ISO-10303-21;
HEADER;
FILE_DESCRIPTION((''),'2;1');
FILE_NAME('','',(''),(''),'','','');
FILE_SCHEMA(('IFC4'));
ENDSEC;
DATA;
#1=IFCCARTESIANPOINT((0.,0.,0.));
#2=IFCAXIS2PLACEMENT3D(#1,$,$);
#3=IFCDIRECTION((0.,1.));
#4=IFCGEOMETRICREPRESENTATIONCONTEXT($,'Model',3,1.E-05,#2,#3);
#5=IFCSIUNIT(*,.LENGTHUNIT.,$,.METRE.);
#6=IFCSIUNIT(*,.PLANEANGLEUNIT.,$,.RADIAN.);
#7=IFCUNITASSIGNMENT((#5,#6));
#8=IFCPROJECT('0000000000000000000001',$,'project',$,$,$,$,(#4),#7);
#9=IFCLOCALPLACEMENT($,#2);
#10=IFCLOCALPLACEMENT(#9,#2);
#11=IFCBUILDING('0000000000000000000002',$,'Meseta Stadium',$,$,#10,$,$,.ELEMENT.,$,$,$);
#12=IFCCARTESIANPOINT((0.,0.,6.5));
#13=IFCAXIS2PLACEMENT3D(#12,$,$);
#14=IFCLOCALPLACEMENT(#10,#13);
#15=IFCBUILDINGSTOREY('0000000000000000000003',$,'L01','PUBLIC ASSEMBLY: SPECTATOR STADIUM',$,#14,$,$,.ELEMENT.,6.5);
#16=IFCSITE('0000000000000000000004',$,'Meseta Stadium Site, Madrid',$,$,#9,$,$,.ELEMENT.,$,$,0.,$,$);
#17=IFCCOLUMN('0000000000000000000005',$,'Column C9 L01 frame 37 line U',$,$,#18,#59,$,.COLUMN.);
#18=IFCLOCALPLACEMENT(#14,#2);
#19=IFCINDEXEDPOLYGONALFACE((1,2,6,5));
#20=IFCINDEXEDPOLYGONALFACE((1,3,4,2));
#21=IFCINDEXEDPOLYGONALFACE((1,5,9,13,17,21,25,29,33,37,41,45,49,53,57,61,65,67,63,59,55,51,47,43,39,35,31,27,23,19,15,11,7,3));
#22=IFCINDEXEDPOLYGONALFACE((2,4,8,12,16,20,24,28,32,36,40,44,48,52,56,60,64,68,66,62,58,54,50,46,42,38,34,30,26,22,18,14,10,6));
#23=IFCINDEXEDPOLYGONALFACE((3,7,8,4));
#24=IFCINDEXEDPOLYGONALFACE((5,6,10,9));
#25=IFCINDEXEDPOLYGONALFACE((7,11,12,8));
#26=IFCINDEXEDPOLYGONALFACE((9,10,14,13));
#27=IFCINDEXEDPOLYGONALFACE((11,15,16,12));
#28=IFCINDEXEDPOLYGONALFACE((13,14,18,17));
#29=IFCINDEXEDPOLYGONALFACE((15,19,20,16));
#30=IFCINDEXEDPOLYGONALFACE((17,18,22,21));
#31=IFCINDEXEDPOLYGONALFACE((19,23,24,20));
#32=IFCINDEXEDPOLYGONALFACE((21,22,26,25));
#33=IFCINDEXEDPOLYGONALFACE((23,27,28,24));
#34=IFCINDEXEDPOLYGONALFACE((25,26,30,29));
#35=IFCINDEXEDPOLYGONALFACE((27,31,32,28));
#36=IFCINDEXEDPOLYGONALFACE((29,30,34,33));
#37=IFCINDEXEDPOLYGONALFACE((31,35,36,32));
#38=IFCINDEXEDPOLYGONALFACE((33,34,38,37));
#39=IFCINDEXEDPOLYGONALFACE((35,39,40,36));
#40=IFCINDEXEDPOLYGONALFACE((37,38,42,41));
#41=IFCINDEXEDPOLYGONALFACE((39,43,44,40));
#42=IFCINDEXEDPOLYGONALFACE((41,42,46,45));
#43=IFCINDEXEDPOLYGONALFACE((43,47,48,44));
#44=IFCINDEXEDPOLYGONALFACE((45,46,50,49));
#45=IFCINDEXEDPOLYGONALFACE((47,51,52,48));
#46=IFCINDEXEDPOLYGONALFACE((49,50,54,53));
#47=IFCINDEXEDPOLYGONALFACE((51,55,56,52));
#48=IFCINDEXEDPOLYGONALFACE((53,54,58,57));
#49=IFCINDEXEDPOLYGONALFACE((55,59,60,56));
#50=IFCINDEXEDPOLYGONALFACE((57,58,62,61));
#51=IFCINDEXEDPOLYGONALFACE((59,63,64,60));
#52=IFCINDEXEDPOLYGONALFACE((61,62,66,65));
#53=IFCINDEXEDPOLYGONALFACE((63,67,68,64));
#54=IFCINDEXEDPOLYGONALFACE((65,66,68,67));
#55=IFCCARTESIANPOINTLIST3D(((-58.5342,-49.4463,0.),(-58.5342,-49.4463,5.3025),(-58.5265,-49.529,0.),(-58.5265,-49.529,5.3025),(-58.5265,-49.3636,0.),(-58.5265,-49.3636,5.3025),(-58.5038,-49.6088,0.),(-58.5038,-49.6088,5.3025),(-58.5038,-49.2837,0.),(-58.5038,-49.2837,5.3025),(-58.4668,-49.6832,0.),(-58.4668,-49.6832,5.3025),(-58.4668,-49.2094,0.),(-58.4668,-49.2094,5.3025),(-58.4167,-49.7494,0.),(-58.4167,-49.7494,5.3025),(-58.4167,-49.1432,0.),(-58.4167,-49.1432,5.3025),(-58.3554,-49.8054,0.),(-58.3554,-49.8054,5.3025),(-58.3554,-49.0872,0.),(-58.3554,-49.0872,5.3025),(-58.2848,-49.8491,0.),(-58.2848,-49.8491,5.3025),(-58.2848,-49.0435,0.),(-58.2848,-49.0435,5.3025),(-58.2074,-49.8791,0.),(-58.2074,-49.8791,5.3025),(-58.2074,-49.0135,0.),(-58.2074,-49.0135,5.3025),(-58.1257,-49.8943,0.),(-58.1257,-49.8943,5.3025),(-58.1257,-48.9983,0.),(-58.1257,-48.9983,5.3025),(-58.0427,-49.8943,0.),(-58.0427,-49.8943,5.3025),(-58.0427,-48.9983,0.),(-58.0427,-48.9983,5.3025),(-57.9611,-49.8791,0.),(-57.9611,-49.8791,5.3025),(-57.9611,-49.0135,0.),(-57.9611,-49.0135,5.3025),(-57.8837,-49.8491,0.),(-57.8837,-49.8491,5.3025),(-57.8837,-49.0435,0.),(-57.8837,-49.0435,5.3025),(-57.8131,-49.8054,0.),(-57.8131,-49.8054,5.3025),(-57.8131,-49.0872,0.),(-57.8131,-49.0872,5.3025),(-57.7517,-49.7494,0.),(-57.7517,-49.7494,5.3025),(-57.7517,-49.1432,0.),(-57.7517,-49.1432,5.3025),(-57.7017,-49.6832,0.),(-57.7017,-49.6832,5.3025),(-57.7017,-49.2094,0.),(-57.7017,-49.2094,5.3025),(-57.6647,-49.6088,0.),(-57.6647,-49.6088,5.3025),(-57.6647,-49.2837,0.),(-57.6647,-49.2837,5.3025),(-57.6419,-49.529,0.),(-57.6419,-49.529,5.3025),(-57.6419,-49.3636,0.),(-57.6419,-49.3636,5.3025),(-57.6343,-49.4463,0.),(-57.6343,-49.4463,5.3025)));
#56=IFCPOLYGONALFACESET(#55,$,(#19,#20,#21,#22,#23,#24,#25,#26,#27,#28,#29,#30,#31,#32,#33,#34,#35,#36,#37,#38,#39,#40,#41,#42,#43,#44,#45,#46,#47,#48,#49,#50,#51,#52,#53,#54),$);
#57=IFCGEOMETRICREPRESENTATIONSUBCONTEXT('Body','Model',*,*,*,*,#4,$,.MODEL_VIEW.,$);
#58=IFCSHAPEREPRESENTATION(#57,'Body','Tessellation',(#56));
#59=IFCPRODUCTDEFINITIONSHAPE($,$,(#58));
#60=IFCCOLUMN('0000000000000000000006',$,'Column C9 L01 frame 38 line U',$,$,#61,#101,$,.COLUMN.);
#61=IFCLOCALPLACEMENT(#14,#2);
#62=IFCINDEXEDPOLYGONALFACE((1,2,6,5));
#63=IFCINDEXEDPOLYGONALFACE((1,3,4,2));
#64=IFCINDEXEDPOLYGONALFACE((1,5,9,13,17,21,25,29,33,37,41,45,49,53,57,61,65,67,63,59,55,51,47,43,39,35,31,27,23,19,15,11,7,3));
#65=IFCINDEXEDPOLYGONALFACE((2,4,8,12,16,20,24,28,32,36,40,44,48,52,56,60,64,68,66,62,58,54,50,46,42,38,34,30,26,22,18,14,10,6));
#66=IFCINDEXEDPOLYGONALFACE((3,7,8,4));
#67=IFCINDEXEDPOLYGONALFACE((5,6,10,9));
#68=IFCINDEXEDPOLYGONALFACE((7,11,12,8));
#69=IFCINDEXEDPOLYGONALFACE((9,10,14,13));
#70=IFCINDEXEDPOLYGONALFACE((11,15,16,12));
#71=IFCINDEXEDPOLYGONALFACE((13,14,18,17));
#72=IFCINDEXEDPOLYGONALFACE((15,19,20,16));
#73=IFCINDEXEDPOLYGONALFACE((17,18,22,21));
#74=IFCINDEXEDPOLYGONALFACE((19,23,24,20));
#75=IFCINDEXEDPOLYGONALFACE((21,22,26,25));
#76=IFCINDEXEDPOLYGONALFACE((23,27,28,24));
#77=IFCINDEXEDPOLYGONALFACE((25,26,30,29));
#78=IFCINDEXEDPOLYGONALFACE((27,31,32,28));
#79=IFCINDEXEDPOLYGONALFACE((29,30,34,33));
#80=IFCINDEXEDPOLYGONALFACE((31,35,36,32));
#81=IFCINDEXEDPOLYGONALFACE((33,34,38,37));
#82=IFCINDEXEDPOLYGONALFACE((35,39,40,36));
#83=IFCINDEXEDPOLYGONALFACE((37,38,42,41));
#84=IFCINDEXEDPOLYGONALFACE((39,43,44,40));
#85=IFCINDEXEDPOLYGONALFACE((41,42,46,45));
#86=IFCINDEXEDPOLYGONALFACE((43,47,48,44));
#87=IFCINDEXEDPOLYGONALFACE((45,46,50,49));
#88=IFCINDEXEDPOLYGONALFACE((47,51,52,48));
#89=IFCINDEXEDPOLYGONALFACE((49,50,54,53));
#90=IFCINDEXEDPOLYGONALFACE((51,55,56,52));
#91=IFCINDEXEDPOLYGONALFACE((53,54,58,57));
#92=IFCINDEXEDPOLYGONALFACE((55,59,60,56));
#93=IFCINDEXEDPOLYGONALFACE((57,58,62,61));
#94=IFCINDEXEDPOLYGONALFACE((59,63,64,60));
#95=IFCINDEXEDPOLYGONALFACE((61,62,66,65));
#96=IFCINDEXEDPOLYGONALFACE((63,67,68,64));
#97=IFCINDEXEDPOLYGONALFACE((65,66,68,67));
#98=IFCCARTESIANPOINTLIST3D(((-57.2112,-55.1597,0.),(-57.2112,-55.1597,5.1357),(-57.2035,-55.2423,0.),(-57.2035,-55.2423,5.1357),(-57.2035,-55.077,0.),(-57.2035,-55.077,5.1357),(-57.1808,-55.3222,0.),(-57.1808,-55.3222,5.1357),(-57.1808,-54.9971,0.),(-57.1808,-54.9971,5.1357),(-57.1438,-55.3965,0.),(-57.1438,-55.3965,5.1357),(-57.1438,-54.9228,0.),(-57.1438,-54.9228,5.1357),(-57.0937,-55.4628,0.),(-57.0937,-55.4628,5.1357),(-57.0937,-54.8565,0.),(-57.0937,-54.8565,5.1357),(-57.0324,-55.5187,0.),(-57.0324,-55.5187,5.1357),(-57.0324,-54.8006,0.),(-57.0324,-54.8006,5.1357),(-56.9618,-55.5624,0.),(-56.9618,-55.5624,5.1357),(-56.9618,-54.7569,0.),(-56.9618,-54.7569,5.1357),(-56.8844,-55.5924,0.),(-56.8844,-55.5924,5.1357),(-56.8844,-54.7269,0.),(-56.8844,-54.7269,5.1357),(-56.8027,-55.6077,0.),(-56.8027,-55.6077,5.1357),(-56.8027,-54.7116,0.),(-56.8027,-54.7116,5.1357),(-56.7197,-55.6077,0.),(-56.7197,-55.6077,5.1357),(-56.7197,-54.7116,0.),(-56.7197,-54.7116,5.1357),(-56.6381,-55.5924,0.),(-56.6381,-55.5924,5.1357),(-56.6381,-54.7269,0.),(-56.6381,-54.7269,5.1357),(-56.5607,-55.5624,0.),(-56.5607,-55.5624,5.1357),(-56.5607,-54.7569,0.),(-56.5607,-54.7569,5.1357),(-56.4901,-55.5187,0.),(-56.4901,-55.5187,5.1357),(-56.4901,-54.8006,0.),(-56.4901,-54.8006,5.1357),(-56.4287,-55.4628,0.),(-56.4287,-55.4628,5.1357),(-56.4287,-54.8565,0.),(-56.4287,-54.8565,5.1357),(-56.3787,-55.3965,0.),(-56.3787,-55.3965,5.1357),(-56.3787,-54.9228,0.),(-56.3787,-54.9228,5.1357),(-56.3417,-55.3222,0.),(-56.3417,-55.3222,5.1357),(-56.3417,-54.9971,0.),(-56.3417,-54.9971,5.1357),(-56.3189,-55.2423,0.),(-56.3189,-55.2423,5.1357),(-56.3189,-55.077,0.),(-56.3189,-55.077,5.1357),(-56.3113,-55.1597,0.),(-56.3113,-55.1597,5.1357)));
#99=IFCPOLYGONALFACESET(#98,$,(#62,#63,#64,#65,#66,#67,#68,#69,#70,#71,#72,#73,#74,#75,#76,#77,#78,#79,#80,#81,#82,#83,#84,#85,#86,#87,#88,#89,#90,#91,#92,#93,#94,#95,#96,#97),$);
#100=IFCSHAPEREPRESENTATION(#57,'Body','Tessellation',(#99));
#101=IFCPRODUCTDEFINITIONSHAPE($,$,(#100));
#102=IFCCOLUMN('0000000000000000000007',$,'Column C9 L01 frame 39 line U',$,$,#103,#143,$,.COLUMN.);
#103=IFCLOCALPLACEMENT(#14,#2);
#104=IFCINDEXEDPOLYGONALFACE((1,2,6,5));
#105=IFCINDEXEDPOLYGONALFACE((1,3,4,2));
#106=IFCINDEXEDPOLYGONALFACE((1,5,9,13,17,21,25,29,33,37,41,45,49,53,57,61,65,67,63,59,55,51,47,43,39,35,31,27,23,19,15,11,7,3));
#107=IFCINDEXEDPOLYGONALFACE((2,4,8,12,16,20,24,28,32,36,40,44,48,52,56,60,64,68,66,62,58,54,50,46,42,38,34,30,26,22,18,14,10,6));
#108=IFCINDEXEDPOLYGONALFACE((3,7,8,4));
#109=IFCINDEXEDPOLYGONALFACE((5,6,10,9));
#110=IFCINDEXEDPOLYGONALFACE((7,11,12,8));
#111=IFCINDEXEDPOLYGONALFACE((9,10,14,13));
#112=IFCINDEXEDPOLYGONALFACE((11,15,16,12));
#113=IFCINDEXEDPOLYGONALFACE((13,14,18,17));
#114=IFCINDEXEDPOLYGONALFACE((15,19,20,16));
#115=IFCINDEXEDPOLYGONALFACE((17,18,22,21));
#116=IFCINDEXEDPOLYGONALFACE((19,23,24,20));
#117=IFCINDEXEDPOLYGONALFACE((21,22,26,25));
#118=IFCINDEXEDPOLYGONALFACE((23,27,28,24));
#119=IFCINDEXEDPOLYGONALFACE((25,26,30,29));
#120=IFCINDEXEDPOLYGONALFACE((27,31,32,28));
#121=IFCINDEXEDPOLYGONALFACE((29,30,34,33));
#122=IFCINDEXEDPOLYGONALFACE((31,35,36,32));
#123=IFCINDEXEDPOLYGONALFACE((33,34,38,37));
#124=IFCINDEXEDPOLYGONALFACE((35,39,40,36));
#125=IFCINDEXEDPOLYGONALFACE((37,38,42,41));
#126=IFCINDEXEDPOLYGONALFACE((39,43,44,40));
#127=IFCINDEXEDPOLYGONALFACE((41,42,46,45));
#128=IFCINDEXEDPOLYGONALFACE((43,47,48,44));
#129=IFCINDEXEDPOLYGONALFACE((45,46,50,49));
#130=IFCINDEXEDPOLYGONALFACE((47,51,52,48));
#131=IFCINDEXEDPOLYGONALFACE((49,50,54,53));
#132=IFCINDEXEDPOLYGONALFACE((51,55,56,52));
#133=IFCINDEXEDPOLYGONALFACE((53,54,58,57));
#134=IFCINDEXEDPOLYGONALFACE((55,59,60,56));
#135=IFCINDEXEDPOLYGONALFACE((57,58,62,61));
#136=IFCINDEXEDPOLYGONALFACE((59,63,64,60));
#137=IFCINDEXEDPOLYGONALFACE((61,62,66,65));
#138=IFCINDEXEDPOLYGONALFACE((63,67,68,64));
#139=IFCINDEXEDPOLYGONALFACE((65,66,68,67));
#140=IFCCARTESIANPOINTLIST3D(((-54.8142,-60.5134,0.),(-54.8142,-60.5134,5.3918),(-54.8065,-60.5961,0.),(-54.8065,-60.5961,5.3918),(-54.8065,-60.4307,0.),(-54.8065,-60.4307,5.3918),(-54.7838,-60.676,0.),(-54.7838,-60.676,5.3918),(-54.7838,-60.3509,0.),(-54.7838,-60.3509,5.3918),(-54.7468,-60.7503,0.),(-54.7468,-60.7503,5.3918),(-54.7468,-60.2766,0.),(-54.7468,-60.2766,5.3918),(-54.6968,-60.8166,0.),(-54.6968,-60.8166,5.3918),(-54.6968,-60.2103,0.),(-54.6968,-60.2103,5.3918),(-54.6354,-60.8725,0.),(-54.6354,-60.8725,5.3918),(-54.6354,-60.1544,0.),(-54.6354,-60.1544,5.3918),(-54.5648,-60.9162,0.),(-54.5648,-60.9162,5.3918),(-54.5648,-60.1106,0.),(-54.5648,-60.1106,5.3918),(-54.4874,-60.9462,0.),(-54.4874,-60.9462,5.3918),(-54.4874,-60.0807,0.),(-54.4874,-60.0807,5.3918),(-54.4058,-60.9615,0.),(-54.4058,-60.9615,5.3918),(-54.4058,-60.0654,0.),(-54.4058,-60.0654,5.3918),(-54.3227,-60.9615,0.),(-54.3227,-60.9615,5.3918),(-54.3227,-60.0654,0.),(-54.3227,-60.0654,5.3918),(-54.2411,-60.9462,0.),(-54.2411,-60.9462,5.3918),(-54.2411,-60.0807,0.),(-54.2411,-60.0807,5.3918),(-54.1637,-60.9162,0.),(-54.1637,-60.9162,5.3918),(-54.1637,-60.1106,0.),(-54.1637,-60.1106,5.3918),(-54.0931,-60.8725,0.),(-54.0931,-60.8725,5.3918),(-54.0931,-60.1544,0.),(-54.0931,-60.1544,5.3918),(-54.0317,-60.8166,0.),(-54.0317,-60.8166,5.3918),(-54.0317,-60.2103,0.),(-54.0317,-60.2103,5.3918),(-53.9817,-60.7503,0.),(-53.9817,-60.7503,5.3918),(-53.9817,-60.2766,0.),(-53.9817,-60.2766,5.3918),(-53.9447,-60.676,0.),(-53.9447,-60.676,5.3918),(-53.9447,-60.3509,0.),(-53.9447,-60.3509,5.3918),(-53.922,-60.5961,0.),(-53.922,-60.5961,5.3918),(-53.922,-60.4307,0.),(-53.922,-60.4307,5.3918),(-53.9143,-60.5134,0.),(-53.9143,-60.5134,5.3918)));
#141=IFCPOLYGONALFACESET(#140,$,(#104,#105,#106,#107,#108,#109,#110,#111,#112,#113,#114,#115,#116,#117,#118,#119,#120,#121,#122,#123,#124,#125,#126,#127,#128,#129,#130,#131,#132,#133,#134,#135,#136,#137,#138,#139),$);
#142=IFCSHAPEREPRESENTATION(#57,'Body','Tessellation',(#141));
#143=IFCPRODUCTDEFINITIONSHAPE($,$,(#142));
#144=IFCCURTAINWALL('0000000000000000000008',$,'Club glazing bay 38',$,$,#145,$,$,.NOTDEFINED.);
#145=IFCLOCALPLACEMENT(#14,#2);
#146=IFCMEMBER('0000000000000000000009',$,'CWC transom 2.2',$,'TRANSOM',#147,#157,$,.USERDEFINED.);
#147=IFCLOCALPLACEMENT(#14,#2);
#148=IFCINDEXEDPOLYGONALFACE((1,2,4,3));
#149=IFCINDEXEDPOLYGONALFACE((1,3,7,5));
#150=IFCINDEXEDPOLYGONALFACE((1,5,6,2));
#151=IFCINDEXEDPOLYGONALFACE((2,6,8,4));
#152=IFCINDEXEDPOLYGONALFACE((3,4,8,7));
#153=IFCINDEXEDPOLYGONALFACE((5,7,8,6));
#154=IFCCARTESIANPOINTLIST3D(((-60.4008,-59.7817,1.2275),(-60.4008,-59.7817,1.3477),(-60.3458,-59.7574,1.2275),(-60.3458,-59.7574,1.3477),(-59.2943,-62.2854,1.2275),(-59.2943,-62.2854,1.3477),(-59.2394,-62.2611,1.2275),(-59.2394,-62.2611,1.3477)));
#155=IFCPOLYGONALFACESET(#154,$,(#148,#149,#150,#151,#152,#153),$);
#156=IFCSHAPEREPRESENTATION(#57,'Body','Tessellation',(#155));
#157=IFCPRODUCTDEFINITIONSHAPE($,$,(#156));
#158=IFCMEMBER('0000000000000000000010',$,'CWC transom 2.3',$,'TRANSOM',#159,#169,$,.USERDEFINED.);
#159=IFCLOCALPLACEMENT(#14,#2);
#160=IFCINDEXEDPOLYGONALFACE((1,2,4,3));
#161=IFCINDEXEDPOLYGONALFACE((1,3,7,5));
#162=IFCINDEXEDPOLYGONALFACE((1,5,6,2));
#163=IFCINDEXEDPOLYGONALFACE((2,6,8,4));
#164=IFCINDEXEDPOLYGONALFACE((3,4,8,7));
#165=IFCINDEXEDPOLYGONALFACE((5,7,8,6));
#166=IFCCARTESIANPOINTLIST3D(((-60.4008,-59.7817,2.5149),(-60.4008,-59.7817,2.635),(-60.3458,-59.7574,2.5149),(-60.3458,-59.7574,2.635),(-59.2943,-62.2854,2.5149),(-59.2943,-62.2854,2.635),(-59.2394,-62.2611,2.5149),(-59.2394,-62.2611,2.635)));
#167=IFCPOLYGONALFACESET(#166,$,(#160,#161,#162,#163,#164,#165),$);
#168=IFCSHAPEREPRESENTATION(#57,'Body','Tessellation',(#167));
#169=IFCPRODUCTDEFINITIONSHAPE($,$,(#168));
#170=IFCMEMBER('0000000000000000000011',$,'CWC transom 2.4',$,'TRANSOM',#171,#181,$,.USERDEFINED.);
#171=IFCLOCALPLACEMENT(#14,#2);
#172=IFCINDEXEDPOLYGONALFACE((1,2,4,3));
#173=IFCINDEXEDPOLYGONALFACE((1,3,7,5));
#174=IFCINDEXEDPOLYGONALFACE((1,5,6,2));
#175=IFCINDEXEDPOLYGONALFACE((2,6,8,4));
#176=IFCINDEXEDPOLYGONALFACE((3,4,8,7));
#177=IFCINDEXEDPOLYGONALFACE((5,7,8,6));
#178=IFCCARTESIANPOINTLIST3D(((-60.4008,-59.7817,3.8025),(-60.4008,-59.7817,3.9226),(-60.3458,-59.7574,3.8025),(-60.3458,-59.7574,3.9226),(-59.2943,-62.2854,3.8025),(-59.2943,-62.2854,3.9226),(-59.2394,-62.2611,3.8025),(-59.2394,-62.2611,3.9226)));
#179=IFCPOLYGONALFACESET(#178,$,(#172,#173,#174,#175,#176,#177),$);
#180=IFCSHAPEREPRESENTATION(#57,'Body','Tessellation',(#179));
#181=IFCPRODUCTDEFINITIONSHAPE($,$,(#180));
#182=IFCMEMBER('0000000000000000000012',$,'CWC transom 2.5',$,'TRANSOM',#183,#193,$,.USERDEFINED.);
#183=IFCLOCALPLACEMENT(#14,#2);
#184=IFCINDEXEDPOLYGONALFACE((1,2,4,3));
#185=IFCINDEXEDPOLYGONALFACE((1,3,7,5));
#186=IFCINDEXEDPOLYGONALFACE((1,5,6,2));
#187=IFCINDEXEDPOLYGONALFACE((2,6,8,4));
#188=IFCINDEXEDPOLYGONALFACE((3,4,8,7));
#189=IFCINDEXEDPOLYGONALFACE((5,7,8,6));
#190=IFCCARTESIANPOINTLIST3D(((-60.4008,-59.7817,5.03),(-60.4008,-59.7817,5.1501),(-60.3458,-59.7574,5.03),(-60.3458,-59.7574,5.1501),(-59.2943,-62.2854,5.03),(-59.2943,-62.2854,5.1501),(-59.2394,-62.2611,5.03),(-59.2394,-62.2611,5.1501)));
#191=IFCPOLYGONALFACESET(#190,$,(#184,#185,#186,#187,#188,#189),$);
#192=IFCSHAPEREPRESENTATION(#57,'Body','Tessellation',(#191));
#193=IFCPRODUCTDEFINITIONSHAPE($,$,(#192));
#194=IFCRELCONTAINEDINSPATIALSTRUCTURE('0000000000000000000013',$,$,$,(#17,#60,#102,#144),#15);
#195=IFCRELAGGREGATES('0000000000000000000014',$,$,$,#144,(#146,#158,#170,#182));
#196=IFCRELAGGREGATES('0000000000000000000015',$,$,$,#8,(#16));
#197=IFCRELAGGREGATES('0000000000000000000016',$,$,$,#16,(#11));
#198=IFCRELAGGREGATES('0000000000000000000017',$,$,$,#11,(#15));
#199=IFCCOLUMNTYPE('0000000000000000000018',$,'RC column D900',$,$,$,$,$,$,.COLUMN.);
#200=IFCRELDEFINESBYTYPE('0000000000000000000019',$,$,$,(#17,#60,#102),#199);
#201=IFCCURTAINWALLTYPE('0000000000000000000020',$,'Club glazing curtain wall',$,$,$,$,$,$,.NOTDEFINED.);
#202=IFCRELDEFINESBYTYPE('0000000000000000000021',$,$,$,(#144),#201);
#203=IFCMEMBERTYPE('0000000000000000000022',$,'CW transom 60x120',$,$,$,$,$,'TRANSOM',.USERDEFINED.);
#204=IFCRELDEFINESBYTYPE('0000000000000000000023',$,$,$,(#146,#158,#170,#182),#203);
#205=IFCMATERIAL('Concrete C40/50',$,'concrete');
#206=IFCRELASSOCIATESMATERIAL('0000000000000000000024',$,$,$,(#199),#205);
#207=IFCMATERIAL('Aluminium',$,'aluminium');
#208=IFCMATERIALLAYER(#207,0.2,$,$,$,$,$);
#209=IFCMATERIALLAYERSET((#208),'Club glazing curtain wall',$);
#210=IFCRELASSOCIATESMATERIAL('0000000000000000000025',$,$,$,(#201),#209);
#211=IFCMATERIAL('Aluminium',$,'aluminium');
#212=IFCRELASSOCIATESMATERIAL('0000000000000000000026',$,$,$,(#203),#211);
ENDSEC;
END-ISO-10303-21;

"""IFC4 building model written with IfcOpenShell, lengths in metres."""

from ifc_helpers import new_model, si_unit, direction, frame, origin, origin_2d, place, context, subcontext, project, spatial, rectangle, circle, extrude, material, layer, layer_set, material_profile, profile_set, type_object, element, aggregate, save


model = new_model("IFC4")

# Units and contexts
model_context = context("Model", 3, precision=1e-05, world=origin(), true_north=direction((0.0, 1.0)))
body_context = subcontext(model_context, "Body", "Model", "MODEL_VIEW")
ifc_project = project(units=[si_unit("LENGTHUNIT", "METRE"), si_unit("PLANEANGLEUNIT", "RADIAN")], contexts=[model_context])

# Site, building, storey
site_placement = place(None, origin())
site = spatial("IfcSite", under=ifc_project, at=site_placement, Name="Meseta Stadium Site, Madrid", CompositionType="ELEMENT", RefElevation=0.0)
building_placement = place(site_placement, origin())
building = spatial("IfcBuilding", under=site, at=building_placement, Name="Meseta Stadium", CompositionType="ELEMENT")
storey_placement = place(building_placement, frame((0.0, 0.0, 6.5)))
storey = spatial("IfcBuildingStorey", under=building, at=storey_placement, Name="L01", Description="PUBLIC ASSEMBLY: SPECTATOR STADIUM", CompositionType="ELEMENT", Elevation=6.5)

# Columns
ifc_material_1 = material(Name="Concrete C40/50", Category="concrete")
ifc_material_profile_1 = material_profile(ifc_material_1, circle(Radius=0.45, at=origin_2d()), Name="RC D900")
ifc_profile_set_1 = profile_set([ifc_material_profile_1], Name="Concrete C40/50")
column_type = type_object("IfcColumnType", Name="RC column D900", PredefinedType="COLUMN", material=ifc_profile_set_1)
column_1_placement = place(storey_placement, frame((-58.0842, -49.4463, 0.0), z_axis=(0.0, 0.0, 1.0), x_axis=(1.0, 0.0, 0.0)))
element("IfcColumn", 1, at=column_1_placement, inside=storey, type_object=column_type, Name="Column C9 L01 frame 37 line U", PredefinedType="COLUMN", context=body_context, shape_type="SweptSolid", body=[
    extrude(circle(Radius=0.45, at=origin_2d()), origin(), (0.0, 0.0, 1.0), 5.3025),
])
column_2_placement = place(storey_placement, frame((-56.7612, -55.1597, 0.0), z_axis=(0.0, 0.0, 1.0), x_axis=(1.0, 0.0, 0.0)))
element("IfcColumn", 2, at=column_2_placement, inside=storey, type_object=column_type, Name="Column C9 L01 frame 38 line U", PredefinedType="COLUMN", context=body_context, shape_type="SweptSolid", body=[
    extrude(circle(Radius=0.45, at=origin_2d()), origin(), (0.0, 0.0, 1.0), 5.1357),
])
column_3_placement = place(storey_placement, frame((-54.3643, -60.5134, 0.0), z_axis=(0.0, 0.0, 1.0), x_axis=(1.0, 0.0, 0.0)))
element("IfcColumn", 3, at=column_3_placement, inside=storey, type_object=column_type, Name="Column C9 L01 frame 39 line U", PredefinedType="COLUMN", context=body_context, shape_type="SweptSolid", body=[
    extrude(circle(Radius=0.45, at=origin_2d()), origin(), (0.0, 0.0, 1.0), 5.3918),
])

# Curtain wall, members
ifc_material_2 = material(Name="Aluminium", Category="aluminium")
ifc_layer_1 = layer(ifc_material_2, 0.2)
ifc_layer_set_1 = layer_set([ifc_layer_1], Name="Club glazing curtain wall")
curtain_wall_type = type_object("IfcCurtainWallType", Name="Club glazing curtain wall", PredefinedType="NOTDEFINED", material=ifc_layer_set_1)
curtain_wall_placement = place(storey_placement, origin())
curtain_wall = element("IfcCurtainWall", 4, at=curtain_wall_placement, inside=storey, type_object=curtain_wall_type, Name="Club glazing bay 38", PredefinedType="NOTDEFINED")
ifc_material_3 = material(Name="Aluminium", Category="aluminium")
ifc_material_profile_2 = material_profile(ifc_material_3, rectangle(XDim=0.0601, YDim=0.1201, at=origin_2d()), Name="CW 60x120")
ifc_profile_set_2 = profile_set([ifc_material_profile_2], Name="Aluminium")
member_type = type_object("IfcMemberType", Name="CW transom 60x120", ElementType="TRANSOM", PredefinedType="USERDEFINED", material=ifc_profile_set_2)
member_1_placement = place(storey_placement, frame((-60.3733, -59.7695, 1.2876), z_axis=(0.404218, -0.914663, 0.0), x_axis=(0.914663, 0.404218, 0.0)))
member_1 = element("IfcMember", 5, at=member_1_placement, type_object=member_type, Name="CWC transom 2.2", ObjectType="TRANSOM", PredefinedType="USERDEFINED", context=body_context, shape_type="SweptSolid", body=[
    extrude(rectangle(XDim=0.0601, YDim=0.1201, at=origin_2d()), origin(), (0.0, 0.0, 1.0), 2.7373),
])
member_2_placement = place(storey_placement, frame((-60.3733, -59.7695, 2.575), z_axis=(0.404218, -0.914663, 0.0), x_axis=(0.914663, 0.404218, 0.0)))
member_2 = element("IfcMember", 6, at=member_2_placement, type_object=member_type, Name="CWC transom 2.3", ObjectType="TRANSOM", PredefinedType="USERDEFINED", context=body_context, shape_type="SweptSolid", body=[
    extrude(rectangle(XDim=0.0601, YDim=0.1201, at=origin_2d()), origin(), (0.0, 0.0, 1.0), 2.7373),
])
member_3_placement = place(storey_placement, frame((-60.3733, -59.7695, 3.8625), z_axis=(0.404218, -0.914663, 0.0), x_axis=(0.914663, 0.404218, 0.0)))
member_3 = element("IfcMember", 7, at=member_3_placement, type_object=member_type, Name="CWC transom 2.4", ObjectType="TRANSOM", PredefinedType="USERDEFINED", context=body_context, shape_type="SweptSolid", body=[
    extrude(rectangle(XDim=0.0601, YDim=0.1201, at=origin_2d()), origin(), (0.0, 0.0, 1.0), 2.7373),
])
member_4_placement = place(storey_placement, frame((-60.3733, -59.7695, 5.0901), z_axis=(0.404218, -0.914663, 0.0), x_axis=(0.914663, 0.404218, 0.0)))
member_4 = element("IfcMember", 8, at=member_4_placement, type_object=member_type, Name="CWC transom 2.5", ObjectType="TRANSOM", PredefinedType="USERDEFINED", context=body_context, shape_type="SweptSolid", body=[
    extrude(rectangle(XDim=0.0601, YDim=0.1201, at=origin_2d()), origin(), (0.0, 0.0, 1.0), 2.7373),
])

aggregate(curtain_wall, [member_1, member_2, member_3, member_4])

save(model, "model.ifc")
